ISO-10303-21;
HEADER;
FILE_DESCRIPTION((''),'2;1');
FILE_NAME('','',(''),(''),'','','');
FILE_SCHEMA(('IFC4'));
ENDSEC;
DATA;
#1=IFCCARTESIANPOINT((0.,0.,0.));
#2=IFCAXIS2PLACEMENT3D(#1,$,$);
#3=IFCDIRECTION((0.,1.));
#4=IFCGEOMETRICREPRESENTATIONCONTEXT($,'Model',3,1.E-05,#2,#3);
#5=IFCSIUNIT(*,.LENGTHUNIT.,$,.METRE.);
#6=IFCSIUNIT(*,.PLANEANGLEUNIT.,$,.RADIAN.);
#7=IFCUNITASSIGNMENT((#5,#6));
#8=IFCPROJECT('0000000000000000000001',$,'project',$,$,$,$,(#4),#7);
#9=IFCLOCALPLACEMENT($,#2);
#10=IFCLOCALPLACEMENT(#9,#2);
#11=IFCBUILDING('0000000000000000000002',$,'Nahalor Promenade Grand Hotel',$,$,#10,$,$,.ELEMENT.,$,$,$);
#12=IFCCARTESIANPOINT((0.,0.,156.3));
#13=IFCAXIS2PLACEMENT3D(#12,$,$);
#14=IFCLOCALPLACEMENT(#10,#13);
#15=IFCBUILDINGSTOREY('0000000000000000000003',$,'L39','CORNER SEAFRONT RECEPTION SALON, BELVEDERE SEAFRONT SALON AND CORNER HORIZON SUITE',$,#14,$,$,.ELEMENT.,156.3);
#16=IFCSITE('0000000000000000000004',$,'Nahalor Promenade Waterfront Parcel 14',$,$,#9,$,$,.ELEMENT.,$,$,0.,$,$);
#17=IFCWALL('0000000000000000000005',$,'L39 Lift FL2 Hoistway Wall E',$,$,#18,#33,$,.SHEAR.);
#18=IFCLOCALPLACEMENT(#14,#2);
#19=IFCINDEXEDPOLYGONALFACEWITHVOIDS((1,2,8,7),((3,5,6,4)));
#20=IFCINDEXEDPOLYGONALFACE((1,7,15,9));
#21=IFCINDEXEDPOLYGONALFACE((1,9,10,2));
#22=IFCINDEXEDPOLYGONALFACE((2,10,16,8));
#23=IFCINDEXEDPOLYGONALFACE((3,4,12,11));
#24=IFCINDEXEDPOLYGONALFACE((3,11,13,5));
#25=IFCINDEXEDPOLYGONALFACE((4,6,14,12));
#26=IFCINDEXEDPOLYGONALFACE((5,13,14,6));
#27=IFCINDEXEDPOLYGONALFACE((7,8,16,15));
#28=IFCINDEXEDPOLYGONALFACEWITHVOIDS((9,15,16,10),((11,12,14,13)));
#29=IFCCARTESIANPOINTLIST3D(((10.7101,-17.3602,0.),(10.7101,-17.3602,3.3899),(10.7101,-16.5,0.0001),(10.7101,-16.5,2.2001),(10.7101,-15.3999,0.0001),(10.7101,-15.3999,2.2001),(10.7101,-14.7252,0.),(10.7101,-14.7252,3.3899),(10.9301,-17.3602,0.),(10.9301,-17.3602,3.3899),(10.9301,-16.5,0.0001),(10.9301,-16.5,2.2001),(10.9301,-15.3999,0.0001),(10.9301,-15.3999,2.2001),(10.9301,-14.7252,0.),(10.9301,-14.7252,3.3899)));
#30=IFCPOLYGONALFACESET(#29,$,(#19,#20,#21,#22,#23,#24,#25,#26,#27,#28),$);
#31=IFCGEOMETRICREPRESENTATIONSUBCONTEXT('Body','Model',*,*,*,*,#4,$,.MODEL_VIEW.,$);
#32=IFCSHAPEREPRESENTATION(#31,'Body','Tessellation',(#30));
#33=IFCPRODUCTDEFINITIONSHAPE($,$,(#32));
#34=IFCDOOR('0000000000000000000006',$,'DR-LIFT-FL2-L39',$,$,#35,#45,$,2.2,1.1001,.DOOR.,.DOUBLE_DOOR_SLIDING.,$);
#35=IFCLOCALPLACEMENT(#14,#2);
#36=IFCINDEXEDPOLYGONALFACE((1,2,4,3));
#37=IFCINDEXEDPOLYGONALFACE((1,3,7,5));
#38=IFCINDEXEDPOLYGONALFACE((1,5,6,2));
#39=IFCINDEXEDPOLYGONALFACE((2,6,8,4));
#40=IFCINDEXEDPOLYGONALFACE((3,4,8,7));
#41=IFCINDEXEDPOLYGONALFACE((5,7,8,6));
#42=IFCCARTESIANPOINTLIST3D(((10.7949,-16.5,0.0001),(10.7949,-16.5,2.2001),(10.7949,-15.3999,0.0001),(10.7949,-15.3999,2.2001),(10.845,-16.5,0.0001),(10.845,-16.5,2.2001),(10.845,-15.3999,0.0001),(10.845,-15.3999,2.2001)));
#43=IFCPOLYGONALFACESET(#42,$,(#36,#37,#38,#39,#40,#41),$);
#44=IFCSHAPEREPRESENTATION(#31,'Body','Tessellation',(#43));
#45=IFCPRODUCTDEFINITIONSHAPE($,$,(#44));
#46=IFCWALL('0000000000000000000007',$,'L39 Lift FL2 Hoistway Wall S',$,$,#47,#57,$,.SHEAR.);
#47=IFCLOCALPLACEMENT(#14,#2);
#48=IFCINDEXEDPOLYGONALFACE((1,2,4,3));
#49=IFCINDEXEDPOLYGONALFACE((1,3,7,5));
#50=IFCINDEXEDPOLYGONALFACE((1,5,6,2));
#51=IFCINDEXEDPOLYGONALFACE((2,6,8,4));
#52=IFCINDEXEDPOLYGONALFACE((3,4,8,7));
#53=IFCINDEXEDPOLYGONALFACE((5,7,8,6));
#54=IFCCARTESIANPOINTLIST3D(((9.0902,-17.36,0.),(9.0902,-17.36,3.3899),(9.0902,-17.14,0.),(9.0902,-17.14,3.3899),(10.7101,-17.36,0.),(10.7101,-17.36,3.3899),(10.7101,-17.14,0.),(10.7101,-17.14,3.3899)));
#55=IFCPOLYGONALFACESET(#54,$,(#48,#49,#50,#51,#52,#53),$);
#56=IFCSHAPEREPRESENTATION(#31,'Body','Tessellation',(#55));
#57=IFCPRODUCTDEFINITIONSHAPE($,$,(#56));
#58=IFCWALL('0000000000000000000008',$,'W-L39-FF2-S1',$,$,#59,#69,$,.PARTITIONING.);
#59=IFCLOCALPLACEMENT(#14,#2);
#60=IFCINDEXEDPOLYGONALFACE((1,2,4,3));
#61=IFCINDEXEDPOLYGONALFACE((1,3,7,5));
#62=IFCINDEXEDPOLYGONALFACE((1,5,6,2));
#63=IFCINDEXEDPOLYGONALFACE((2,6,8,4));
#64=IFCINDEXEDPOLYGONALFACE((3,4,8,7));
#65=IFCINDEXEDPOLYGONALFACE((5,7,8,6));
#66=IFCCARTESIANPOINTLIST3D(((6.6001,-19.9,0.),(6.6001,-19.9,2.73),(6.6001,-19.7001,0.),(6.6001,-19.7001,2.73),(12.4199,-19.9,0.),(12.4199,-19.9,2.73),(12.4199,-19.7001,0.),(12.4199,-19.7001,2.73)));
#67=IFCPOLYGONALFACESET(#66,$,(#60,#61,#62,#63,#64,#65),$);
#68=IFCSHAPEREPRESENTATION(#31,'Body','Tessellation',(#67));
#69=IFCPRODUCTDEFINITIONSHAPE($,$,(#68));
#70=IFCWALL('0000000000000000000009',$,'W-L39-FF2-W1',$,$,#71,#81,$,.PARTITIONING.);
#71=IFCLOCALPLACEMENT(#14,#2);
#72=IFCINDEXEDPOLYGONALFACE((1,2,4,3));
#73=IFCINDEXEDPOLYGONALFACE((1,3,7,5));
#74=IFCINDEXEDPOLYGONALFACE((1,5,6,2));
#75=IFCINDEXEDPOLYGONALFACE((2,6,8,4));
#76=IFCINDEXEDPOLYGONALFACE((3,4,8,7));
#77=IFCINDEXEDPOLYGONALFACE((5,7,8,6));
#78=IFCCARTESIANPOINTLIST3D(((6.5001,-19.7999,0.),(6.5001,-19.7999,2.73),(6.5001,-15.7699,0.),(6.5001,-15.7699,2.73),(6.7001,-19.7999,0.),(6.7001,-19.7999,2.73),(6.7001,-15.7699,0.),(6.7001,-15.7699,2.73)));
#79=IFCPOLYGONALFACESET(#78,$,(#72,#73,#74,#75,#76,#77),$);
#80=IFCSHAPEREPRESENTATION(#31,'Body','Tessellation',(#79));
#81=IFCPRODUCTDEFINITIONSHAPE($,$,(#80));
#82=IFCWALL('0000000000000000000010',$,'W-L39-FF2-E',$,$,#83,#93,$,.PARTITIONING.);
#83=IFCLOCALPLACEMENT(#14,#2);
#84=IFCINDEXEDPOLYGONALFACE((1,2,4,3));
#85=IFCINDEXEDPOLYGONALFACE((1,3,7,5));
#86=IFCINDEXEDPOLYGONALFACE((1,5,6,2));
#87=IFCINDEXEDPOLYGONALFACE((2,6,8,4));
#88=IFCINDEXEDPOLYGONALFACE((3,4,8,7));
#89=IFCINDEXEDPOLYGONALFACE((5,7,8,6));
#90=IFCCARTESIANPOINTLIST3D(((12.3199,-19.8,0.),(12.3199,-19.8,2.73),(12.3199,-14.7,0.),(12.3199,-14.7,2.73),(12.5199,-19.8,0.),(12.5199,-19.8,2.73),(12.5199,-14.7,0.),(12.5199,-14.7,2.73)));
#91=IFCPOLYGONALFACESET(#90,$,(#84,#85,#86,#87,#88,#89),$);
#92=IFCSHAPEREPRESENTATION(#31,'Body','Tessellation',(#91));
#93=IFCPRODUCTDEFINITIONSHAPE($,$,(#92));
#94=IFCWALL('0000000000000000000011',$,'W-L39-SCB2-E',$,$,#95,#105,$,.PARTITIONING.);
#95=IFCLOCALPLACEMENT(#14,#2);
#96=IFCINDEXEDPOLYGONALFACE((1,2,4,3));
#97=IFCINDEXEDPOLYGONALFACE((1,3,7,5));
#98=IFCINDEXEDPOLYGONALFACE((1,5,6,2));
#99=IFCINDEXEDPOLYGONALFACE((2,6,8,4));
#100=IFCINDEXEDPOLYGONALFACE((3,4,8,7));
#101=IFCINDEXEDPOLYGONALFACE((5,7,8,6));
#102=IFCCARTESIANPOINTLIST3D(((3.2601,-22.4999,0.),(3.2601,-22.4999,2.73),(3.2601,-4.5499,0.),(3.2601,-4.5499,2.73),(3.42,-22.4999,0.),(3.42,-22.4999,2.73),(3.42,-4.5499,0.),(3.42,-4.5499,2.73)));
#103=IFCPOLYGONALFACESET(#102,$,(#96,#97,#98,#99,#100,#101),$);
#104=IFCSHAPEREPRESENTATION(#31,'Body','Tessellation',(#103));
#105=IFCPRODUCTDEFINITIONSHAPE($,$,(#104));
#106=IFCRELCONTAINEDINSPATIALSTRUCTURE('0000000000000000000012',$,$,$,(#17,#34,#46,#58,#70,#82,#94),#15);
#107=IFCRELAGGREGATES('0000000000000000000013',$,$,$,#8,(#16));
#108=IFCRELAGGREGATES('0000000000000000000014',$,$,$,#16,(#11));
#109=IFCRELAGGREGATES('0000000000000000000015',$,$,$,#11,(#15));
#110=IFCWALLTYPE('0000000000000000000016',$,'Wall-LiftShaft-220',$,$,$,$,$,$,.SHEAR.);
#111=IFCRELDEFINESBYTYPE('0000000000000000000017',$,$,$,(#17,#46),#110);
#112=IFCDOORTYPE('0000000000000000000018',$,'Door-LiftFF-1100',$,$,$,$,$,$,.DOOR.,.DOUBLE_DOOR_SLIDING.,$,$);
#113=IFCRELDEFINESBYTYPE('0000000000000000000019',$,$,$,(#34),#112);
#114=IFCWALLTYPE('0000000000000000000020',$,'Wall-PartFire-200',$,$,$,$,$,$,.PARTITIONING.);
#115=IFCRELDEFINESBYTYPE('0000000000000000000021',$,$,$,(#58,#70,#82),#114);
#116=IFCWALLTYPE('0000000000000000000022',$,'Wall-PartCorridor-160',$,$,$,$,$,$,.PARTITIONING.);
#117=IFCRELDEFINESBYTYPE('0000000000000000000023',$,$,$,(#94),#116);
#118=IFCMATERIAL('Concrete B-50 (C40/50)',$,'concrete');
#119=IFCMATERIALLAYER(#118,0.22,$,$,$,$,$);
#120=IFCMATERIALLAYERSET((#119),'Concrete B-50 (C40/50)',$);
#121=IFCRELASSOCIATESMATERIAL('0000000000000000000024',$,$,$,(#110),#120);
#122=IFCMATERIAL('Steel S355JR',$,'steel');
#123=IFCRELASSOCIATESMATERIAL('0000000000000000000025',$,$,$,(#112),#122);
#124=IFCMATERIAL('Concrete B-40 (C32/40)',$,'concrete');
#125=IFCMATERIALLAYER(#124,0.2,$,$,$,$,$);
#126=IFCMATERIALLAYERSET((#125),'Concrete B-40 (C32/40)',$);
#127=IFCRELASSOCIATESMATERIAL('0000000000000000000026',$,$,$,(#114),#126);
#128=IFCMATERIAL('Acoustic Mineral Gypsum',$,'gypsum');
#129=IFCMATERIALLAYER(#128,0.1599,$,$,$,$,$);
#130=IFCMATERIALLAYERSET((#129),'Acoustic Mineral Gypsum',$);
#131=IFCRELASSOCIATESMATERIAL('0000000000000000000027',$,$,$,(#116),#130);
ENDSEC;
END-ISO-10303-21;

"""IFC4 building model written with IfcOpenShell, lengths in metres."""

from ifc_helpers import new_model, si_unit, direction, frame, frame_2d, origin, place, context, subcontext, project, spatial, rectangle, extrude, source, transform, mapped, material, layer, layer_set, type_object, element, fill, save


model = new_model("IFC4")

# Units and contexts
model_context = context("Model", 3, precision=1e-05, world=origin(), true_north=direction((0.0, 1.0)))
body_context = subcontext(model_context, "Body", "Model", "MODEL_VIEW")
ifc_project = project(units=[si_unit("LENGTHUNIT", "METRE"), si_unit("PLANEANGLEUNIT", "RADIAN")], contexts=[model_context])

# Site, building, storey
site_placement = place(None, origin())
site = spatial("IfcSite", under=ifc_project, at=site_placement, Name="Nahalor Promenade Waterfront Parcel 14", CompositionType="ELEMENT", RefElevation=0.0)
building_placement = place(site_placement, origin())
building = spatial("IfcBuilding", under=site, at=building_placement, Name="Nahalor Promenade Grand Hotel", CompositionType="ELEMENT")
storey_placement = place(building_placement, frame((0.0, 0.0, 156.3)))
storey = spatial("IfcBuildingStorey", under=building, at=storey_placement, Name="L39", Description="CORNER SEAFRONT RECEPTION SALON, BELVEDERE SEAFRONT SALON AND CORNER HORIZON SUITE", CompositionType="ELEMENT", Elevation=156.3)

# Shared definitions
ifc_material_1 = material(Name="Steel S355JR", Category="steel")

# Shared definitions
ifc_material_2 = material(Name="Concrete B-50 (C40/50)", Category="concrete")

# Shared definitions
ifc_layer_1 = layer(ifc_material_2, 0.22)
ifc_layer_set_1 = layer_set([ifc_layer_1], Name="Concrete B-50 (C40/50)")
wall_type_1 = type_object("IfcWallType", Name="Wall-LiftShaft-220", PredefinedType="SHEAR", material=ifc_layer_set_1)
shared_shape_1 = source(origin(), body_context, "Body", "SweptSolid", [
    extrude(rectangle(XDim=2.635, YDim=0.22, at=frame_2d((1.3174, 0.0))), origin(), (0.0, 0.0, 1.0), 3.3899),
])

# Wall, opening, door
wall_1_placement = place(storey_placement, frame((10.8201, -17.3601, 0.0), z_axis=(0.0, 0.0, 1.0), x_axis=(0.0, 1.0, 0.0)))
wall_1 = element("IfcWall", 1, at=wall_1_placement, inside=storey, type_object=wall_type_1, Name="L39 Lift FL2 Hoistway Wall E", PredefinedType="SHEAR", context=body_context, shape_type="MappedRepresentation", body=[
    mapped(shared_shape_1, transform((0.0, 0.0, 0.0), scale=1.0)),
])
opening_1_placement = place(wall_1_placement, frame((0.8601, 0.0, 0.0)))
opening_1 = element("IfcOpeningElement", 2, at=opening_1_placement, cuts=wall_1, PredefinedType="OPENING", context=body_context, shape_type="SweptSolid", body=[
    extrude(rectangle(XDim=1.1001, YDim=2.2, at=frame_2d((0.55, 1.1001))), frame((0.0, 0.1199, 0.0), z_axis=(0.0, -1.0, 0.0), x_axis=(1.0, 0.0, 0.0)), (0.0, 0.0, 1.0), 0.24),
])
door_type_1 = type_object("IfcDoorType", Name="Door-LiftFF-1100", OperationType="DOUBLE_DOOR_SLIDING", PredefinedType="DOOR", material=ifc_material_1)
shared_shape_2 = source(origin(), body_context, "Body", "SweptSolid", [
    extrude(rectangle(XDim=1.1001, YDim=2.2, at=frame_2d((0.55, 1.1001))), frame((0.0, 0.0249, 0.0), z_axis=(0.0, -1.0, 0.0), x_axis=(1.0, 0.0, 0.0)), (0.0, 0.0, 1.0), 0.05),
])
door_1_placement = place(opening_1_placement, frame((1.1001, 0.0, 0.0), z_axis=(0.0, 0.0, 1.0), x_axis=(-1.0, 0.0, 0.0)))
door_1 = element("IfcDoor", 3, at=door_1_placement, inside=storey, type_object=door_type_1, Name="DR-LIFT-FL2-L39", OperationType="DOUBLE_DOOR_SLIDING", OverallHeight=2.2, OverallWidth=1.1001, PredefinedType="DOOR", context=body_context, shape_type="MappedRepresentation", body=[
    mapped(shared_shape_2, transform((0.0, 0.0, 0.0), scale=1.0)),
])
fill(opening_1, door_1)

# Walls
shared_shape_3 = source(origin(), body_context, "Body", "SweptSolid", [
    extrude(rectangle(XDim=1.6199, YDim=0.22, at=frame_2d((0.8101, 0.0))), origin(), (0.0, 0.0, 1.0), 3.3899),
])
wall_2_placement = place(storey_placement, frame((9.0901, -17.25, 0.0), z_axis=(0.0, 0.0, 1.0), x_axis=(1.0, 0.0, 0.0)))
element("IfcWall", 4, at=wall_2_placement, inside=storey, type_object=wall_type_1, Name="L39 Lift FL2 Hoistway Wall S", PredefinedType="SHEAR", context=body_context, shape_type="MappedRepresentation", body=[
    mapped(shared_shape_3, transform((0.0, 0.0, 0.0), scale=1.0)),
])
ifc_material_3 = material(Name="Concrete B-40 (C32/40)", Category="concrete")
ifc_layer_2 = layer(ifc_material_3, 0.2)
ifc_layer_set_2 = layer_set([ifc_layer_2], Name="Concrete B-40 (C32/40)")
wall_type_2 = type_object("IfcWallType", Name="Wall-PartFire-200", PredefinedType="PARTITIONING", material=ifc_layer_set_2)
shared_shape_4 = source(origin(), body_context, "Body", "SweptSolid", [
    extrude(rectangle(XDim=5.8198, YDim=0.2, at=frame_2d((2.9099, 0.0))), origin(), (0.0, 0.0, 1.0), 2.73),
])
wall_3_placement = place(storey_placement, frame((6.6001, -19.8, 0.0), z_axis=(0.0, 0.0, 1.0), x_axis=(1.0, 0.0, 0.0)))
element("IfcWall", 5, at=wall_3_placement, inside=storey, type_object=wall_type_2, Name="W-L39-FF2-S1", PredefinedType="PARTITIONING", context=body_context, shape_type="MappedRepresentation", body=[
    mapped(shared_shape_4, transform((0.0, 0.0, 0.0), scale=1.0)),
])
shared_shape_5 = source(origin(), body_context, "Body", "SweptSolid", [
    extrude(rectangle(XDim=4.03, YDim=0.2, at=frame_2d((2.0151, 0.0))), origin(), (0.0, 0.0, 1.0), 2.73),
])
wall_4_placement = place(storey_placement, frame((6.6001, -19.8, 0.0), z_axis=(0.0, 0.0, 1.0), x_axis=(0.0, 1.0, 0.0)))
element("IfcWall", 6, at=wall_4_placement, inside=storey, type_object=wall_type_2, Name="W-L39-FF2-W1", PredefinedType="PARTITIONING", context=body_context, shape_type="MappedRepresentation", body=[
    mapped(shared_shape_5, transform((0.0, 0.0, 0.0), scale=1.0)),
])
shared_shape_6 = source(origin(), body_context, "Body", "SweptSolid", [
    extrude(rectangle(XDim=5.1001, YDim=0.2, at=frame_2d((2.55, 0.0))), origin(), (0.0, 0.0, 1.0), 2.73),
])
wall_5_placement = place(storey_placement, frame((12.4199, -19.8, 0.0), z_axis=(0.0, 0.0, 1.0), x_axis=(0.0, 1.0, 0.0)))
element("IfcWall", 7, at=wall_5_placement, inside=storey, type_object=wall_type_2, Name="W-L39-FF2-E", PredefinedType="PARTITIONING", context=body_context, shape_type="MappedRepresentation", body=[
    mapped(shared_shape_6, transform((0.0, 0.0, 0.0), scale=1.0)),
])

# Wall
ifc_material_4 = material(Name="Acoustic Mineral Gypsum", Category="gypsum")
ifc_layer_3 = layer(ifc_material_4, 0.1599)
ifc_layer_set_3 = layer_set([ifc_layer_3], Name="Acoustic Mineral Gypsum")
wall_type_3 = type_object("IfcWallType", Name="Wall-PartCorridor-160", PredefinedType="PARTITIONING", material=ifc_layer_set_3)
shared_shape_7 = source(origin(), body_context, "Body", "SweptSolid", [
    extrude(rectangle(XDim=17.95, YDim=0.1599, at=frame_2d((8.9751, 0.0))), origin(), (0.0, 0.0, 1.0), 2.73),
])
wall_6_placement = place(storey_placement, frame((3.3401, -22.5, 0.0), z_axis=(0.0, 0.0, 1.0), x_axis=(0.0, 1.0, 0.0)))
element("IfcWall", 8, at=wall_6_placement, inside=storey, type_object=wall_type_3, Name="W-L39-SCB2-E", PredefinedType="PARTITIONING", context=body_context, shape_type="MappedRepresentation", body=[
    mapped(shared_shape_7, transform((0.0, 0.0, 0.0), scale=1.0)),
])

save(model, "model.ifc")
